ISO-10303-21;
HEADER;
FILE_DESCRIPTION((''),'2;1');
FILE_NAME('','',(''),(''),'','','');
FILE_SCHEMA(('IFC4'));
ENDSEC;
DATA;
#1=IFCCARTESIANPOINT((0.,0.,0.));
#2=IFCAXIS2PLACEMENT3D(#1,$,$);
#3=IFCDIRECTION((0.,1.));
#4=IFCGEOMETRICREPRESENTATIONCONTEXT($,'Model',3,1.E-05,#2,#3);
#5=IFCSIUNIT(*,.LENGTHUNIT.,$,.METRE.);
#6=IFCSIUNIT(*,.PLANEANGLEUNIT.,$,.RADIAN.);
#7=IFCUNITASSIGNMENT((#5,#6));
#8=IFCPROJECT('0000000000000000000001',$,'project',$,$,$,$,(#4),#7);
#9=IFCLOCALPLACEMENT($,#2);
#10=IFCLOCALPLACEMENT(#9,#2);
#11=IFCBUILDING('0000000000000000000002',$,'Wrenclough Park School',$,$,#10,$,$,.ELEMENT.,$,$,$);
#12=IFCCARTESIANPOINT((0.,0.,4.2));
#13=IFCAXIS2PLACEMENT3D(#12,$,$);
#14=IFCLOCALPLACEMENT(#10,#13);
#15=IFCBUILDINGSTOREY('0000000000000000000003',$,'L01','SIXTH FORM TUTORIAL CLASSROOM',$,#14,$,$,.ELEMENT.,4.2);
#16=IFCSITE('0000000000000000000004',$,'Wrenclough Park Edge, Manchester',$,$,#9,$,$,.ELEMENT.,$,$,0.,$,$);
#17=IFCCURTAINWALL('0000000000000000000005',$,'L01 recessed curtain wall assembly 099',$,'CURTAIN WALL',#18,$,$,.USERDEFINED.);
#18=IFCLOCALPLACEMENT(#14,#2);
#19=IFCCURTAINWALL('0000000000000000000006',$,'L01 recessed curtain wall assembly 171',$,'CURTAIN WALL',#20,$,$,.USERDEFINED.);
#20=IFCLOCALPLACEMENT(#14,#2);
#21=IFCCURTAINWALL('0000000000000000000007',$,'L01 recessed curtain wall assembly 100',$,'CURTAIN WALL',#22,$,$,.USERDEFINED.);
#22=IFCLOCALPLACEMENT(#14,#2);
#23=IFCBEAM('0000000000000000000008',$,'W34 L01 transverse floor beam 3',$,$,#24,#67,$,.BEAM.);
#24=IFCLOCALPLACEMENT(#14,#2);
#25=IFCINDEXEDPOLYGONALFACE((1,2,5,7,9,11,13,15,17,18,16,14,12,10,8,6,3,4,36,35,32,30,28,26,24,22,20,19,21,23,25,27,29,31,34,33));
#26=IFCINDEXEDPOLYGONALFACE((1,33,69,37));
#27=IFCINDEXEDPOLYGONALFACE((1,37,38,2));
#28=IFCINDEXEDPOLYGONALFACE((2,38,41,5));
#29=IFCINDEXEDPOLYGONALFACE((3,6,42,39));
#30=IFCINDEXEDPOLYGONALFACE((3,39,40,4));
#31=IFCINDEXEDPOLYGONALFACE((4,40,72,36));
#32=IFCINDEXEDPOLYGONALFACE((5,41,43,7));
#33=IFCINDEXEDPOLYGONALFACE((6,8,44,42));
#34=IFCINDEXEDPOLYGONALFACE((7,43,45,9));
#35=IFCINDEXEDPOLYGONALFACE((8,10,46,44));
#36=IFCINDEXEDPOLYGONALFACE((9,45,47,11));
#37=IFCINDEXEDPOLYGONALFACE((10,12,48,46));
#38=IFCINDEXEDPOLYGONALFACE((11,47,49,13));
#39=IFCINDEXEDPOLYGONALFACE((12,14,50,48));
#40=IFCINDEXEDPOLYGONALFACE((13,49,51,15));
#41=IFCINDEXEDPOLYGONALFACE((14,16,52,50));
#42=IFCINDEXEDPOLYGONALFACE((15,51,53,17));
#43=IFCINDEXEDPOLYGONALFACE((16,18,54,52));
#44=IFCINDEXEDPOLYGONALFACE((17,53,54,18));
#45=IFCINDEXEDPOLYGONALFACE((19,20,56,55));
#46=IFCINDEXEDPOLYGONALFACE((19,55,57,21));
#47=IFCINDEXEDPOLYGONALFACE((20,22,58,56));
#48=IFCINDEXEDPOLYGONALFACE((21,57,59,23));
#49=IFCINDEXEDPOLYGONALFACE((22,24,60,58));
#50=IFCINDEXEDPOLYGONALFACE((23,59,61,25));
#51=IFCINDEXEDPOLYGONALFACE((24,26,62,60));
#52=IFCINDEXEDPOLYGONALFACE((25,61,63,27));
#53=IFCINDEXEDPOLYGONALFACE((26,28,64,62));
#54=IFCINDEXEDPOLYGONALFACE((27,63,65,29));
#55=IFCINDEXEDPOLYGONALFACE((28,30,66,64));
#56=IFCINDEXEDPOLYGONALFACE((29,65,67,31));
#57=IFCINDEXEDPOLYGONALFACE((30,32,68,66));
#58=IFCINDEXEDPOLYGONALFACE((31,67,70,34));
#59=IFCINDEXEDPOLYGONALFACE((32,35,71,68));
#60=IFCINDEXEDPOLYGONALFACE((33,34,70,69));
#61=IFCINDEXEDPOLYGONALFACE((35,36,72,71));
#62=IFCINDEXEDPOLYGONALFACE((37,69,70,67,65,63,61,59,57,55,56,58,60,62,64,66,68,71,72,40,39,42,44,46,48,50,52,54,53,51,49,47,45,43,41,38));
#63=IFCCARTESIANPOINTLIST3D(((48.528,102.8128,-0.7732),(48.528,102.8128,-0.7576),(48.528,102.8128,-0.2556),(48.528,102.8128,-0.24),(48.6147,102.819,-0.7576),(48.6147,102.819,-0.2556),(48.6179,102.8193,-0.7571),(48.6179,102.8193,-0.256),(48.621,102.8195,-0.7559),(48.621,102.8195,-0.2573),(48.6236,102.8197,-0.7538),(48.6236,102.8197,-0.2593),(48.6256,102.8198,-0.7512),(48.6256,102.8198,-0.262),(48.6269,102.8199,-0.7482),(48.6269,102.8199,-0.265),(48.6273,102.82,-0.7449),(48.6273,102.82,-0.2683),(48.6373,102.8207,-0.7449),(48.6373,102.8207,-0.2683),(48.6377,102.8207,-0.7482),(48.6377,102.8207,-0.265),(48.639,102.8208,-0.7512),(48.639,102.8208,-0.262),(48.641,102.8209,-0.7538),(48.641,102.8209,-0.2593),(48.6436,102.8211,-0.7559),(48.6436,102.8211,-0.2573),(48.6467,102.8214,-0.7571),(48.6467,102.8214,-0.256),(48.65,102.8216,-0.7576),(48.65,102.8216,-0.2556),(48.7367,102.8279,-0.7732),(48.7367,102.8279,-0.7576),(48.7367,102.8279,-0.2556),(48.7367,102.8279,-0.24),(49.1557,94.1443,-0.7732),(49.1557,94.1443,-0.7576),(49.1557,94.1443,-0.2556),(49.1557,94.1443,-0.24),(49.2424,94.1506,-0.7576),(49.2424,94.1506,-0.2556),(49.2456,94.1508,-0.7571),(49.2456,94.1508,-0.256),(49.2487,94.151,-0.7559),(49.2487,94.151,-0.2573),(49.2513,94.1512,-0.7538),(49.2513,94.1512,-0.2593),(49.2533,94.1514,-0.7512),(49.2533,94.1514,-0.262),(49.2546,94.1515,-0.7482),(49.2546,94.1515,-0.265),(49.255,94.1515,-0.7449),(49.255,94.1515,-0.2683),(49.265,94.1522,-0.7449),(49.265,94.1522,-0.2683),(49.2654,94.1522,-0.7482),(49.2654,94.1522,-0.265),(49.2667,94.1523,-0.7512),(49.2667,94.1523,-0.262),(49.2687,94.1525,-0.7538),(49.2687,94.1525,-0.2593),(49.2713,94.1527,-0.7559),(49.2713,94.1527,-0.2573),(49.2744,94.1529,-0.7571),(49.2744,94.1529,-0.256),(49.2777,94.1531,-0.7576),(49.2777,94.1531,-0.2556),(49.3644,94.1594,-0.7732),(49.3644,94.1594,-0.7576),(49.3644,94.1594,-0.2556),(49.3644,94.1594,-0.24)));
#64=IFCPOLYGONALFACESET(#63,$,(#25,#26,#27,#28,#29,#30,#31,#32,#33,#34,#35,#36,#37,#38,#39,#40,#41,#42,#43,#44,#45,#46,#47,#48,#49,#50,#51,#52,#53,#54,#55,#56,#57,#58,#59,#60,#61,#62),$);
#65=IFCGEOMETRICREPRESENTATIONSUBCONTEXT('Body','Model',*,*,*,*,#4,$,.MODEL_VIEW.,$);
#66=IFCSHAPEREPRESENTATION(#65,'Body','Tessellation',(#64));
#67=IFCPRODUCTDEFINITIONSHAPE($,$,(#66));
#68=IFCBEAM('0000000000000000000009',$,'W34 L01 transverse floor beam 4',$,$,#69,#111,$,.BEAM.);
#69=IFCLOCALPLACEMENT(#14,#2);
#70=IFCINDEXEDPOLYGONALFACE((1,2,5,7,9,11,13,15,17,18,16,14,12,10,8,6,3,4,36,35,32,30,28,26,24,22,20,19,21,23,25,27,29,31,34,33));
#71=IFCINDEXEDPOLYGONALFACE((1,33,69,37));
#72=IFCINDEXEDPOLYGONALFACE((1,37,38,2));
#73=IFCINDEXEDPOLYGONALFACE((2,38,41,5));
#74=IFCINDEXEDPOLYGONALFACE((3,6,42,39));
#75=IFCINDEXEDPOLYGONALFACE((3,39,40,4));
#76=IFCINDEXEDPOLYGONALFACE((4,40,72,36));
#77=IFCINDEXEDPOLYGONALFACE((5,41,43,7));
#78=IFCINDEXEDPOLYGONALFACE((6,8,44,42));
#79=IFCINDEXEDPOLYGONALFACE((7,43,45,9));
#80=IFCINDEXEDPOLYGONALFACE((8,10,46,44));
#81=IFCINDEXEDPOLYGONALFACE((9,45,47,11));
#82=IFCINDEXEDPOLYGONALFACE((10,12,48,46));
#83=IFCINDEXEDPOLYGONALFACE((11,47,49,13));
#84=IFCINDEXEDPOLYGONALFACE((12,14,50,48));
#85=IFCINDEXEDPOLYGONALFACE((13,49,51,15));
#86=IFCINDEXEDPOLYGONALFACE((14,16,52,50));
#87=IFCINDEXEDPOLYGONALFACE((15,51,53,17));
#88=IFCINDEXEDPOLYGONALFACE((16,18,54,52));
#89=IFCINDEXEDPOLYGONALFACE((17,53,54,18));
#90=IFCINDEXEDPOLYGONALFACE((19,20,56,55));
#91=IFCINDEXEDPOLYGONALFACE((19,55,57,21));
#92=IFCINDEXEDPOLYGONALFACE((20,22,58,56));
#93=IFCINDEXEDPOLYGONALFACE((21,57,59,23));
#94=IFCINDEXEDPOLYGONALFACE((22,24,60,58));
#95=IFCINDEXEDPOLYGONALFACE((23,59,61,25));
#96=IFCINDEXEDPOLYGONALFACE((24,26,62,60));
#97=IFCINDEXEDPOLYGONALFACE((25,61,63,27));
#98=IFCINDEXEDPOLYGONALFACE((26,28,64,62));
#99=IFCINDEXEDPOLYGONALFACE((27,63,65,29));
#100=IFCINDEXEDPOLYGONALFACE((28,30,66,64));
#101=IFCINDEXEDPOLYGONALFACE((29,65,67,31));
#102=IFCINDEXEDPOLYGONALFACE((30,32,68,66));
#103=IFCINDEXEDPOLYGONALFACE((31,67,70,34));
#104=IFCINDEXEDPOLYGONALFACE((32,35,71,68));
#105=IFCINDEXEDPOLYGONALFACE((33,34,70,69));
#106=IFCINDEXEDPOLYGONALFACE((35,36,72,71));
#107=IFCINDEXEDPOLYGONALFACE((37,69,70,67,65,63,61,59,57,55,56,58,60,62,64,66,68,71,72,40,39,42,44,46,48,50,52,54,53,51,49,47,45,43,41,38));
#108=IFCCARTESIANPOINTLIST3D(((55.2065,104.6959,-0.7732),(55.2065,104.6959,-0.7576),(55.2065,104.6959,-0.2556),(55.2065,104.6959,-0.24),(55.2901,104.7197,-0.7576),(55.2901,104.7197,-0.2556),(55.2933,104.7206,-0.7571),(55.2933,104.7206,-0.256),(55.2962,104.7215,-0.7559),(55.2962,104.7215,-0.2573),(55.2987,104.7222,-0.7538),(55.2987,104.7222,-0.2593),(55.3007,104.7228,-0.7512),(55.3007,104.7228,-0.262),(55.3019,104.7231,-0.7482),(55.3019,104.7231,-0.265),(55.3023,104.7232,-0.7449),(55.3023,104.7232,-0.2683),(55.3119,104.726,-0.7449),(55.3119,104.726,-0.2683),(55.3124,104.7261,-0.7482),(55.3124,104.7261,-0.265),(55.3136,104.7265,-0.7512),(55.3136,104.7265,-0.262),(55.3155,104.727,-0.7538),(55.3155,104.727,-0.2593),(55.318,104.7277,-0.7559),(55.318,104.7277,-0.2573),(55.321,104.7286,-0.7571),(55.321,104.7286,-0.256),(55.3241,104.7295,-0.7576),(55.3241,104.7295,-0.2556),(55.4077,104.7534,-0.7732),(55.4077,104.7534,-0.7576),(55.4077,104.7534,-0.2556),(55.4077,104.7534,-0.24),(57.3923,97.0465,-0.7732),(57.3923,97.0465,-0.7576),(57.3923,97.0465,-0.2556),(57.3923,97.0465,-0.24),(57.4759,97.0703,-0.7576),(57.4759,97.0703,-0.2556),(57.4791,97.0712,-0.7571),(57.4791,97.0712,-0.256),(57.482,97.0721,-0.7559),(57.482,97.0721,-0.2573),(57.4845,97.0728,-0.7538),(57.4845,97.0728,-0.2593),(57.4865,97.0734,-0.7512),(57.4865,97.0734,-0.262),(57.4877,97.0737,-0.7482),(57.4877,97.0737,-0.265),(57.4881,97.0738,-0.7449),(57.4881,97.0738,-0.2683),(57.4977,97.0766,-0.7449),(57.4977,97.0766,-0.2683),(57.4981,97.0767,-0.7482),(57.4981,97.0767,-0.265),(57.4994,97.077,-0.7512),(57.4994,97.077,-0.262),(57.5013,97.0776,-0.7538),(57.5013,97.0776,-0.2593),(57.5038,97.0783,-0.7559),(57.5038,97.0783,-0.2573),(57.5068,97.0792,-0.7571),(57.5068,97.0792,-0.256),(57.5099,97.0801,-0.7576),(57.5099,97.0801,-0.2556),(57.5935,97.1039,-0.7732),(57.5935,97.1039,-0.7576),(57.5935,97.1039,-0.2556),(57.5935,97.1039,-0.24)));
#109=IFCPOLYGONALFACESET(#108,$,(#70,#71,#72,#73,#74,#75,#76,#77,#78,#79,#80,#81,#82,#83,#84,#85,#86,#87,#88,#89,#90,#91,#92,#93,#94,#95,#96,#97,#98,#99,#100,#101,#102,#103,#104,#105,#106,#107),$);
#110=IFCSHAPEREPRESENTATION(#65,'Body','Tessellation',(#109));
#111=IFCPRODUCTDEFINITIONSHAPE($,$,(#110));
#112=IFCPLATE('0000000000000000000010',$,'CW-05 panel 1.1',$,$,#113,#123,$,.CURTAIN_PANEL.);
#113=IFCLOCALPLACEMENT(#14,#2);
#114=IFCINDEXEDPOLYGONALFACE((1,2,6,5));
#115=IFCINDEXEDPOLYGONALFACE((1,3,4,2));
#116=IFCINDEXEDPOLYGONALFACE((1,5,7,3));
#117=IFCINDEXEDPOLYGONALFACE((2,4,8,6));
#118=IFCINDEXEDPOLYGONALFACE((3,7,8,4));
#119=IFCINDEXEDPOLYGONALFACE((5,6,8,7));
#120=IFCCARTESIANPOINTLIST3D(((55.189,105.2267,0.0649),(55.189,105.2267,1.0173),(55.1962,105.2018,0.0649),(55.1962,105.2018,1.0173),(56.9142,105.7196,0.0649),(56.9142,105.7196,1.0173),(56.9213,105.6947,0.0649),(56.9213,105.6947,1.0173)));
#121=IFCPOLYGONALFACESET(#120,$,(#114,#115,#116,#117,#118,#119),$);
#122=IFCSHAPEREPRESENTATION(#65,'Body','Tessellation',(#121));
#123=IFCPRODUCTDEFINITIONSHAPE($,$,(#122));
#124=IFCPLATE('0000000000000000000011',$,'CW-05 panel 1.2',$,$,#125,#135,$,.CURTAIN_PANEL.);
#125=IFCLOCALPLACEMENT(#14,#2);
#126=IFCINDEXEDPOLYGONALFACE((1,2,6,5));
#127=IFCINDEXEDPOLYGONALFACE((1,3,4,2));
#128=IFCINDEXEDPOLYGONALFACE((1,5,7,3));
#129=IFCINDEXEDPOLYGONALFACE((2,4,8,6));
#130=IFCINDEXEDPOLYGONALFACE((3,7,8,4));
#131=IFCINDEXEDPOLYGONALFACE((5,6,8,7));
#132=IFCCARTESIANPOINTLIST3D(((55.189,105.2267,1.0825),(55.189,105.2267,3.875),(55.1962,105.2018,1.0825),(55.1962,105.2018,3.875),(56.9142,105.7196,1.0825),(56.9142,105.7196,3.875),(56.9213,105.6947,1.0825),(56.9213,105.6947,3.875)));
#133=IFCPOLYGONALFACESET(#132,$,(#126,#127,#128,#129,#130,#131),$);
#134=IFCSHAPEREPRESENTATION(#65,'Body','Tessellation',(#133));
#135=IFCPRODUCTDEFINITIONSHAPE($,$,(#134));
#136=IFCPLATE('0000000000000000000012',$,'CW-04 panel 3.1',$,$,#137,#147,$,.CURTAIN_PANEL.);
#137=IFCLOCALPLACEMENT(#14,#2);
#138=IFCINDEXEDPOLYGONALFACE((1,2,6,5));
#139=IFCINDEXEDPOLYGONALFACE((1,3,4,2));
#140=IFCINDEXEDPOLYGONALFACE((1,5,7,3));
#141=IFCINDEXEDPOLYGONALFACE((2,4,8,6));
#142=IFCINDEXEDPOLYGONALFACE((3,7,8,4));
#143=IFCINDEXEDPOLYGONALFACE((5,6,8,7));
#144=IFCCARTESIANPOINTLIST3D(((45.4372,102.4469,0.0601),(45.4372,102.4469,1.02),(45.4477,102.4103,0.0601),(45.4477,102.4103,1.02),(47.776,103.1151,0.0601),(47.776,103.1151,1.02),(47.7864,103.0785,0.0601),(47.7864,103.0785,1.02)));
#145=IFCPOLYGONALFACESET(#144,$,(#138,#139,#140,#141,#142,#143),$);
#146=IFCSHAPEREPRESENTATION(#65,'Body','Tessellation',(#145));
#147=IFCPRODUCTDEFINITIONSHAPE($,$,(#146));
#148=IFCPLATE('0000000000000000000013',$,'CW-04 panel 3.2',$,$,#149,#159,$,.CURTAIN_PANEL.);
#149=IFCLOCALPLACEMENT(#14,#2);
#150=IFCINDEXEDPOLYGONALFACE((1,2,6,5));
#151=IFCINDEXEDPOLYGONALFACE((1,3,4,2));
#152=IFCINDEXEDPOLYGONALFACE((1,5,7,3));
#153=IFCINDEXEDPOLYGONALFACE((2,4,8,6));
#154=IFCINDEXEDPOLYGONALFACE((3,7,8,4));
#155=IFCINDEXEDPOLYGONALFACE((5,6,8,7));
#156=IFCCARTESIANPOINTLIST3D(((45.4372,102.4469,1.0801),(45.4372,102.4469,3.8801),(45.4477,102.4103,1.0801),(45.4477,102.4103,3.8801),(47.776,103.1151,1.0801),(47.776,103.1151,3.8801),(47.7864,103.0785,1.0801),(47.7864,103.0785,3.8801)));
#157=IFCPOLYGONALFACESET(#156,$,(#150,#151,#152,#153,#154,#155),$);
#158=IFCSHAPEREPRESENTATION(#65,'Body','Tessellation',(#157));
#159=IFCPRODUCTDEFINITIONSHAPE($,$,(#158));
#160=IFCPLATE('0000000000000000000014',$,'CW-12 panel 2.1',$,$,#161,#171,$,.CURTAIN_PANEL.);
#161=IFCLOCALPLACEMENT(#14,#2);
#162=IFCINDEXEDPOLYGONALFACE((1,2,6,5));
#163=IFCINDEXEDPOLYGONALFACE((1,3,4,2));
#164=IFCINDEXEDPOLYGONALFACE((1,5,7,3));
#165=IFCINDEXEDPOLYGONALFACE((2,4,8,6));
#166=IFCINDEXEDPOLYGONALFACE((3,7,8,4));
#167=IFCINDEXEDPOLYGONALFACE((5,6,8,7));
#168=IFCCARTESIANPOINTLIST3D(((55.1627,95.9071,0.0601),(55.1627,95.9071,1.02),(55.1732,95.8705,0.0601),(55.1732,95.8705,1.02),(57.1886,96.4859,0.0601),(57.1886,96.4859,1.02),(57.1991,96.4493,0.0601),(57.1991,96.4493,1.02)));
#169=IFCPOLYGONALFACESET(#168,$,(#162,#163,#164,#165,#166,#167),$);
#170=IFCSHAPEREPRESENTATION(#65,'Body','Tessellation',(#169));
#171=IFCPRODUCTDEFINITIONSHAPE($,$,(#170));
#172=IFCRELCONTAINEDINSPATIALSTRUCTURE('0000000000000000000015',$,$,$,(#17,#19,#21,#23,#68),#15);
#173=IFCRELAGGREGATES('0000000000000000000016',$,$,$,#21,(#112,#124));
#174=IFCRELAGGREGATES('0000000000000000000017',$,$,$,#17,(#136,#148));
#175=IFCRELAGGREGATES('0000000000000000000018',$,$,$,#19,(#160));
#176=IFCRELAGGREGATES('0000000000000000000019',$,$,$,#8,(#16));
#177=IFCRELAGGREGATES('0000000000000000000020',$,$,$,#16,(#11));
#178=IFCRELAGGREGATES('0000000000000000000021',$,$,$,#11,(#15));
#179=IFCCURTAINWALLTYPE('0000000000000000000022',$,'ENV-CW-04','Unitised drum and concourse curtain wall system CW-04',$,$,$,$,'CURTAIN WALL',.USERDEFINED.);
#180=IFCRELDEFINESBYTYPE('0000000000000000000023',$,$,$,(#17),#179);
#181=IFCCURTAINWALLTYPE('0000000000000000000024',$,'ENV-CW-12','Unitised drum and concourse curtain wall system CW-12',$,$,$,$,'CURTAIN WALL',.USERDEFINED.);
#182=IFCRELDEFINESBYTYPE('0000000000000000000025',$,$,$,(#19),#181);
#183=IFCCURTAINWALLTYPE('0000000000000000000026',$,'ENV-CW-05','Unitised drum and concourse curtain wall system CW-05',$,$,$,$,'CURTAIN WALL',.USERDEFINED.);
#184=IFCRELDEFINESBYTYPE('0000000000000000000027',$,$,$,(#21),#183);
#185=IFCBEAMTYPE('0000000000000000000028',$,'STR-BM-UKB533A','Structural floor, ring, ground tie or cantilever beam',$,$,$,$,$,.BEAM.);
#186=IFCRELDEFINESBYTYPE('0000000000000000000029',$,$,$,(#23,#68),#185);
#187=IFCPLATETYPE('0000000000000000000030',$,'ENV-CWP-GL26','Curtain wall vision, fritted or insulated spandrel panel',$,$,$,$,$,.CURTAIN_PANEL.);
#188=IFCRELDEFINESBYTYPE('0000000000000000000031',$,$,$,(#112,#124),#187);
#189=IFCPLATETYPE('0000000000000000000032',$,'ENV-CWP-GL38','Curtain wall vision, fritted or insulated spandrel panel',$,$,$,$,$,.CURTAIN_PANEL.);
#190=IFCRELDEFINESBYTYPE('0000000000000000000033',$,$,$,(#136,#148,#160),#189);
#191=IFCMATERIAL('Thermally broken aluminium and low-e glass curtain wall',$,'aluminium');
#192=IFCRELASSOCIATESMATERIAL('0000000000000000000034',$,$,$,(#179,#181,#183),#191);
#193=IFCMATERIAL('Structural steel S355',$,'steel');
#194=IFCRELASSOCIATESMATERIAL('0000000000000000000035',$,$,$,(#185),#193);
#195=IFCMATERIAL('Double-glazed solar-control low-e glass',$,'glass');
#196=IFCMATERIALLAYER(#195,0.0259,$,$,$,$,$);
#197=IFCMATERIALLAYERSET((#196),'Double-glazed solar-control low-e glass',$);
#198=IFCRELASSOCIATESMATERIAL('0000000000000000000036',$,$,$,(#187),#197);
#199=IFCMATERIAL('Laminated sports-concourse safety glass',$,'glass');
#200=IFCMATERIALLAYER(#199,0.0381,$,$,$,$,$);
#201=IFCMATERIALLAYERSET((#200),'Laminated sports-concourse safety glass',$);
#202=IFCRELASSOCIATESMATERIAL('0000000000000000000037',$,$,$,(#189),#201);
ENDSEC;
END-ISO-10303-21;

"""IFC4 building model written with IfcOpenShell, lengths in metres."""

from ifc_helpers import new_model, si_unit, direction, frame, origin, origin_2d, place, context, subcontext, project, spatial, rectangle, i_section, extrude, material, layer, layer_set, material_profile, profile_set, type_object, element, aggregate, save


model = new_model("IFC4")

# Units and contexts
model_context = context("Model", 3, precision=1e-05, world=origin(), true_north=direction((0.0, 1.0)))
body_context = subcontext(model_context, "Body", "Model", "MODEL_VIEW")
ifc_project = project(units=[si_unit("LENGTHUNIT", "METRE"), si_unit("PLANEANGLEUNIT", "RADIAN")], contexts=[model_context])

# Site, building, storey
site_placement = place(None, origin())
site = spatial("IfcSite", under=ifc_project, at=site_placement, Name="Wrenclough Park Edge, Manchester", CompositionType="ELEMENT", RefElevation=0.0)
building_placement = place(site_placement, origin())
building = spatial("IfcBuilding", under=site, at=building_placement, Name="Wrenclough Park School", CompositionType="ELEMENT")
storey_placement = place(building_placement, frame((0.0, 0.0, 4.2)))
storey = spatial("IfcBuildingStorey", under=building, at=storey_placement, Name="L01", Description="SIXTH FORM TUTORIAL CLASSROOM", CompositionType="ELEMENT", Elevation=4.2)

# Shared definitions
ifc_material_1 = material(Name="Structural steel S355", Category="steel")

# Curtain wall
ifc_material_2 = material(Name="Thermally broken aluminium and low-e glass curtain wall", Category="aluminium")
curtain_wall_type_1 = type_object("IfcCurtainWallType", Name="ENV-CW-04", Description="Unitised drum and concourse curtain wall system CW-04", ElementType="CURTAIN WALL", PredefinedType="USERDEFINED", material=ifc_material_2)
curtain_wall_1_placement = place(storey_placement, origin())
curtain_wall_1 = element("IfcCurtainWall", 1, at=curtain_wall_1_placement, inside=storey, type_object=curtain_wall_type_1, Name="L01 recessed curtain wall assembly 099", ObjectType="CURTAIN WALL", PredefinedType="USERDEFINED")

# Curtain walls
curtain_wall_type_2 = type_object("IfcCurtainWallType", Name="ENV-CW-12", Description="Unitised drum and concourse curtain wall system CW-12", ElementType="CURTAIN WALL", PredefinedType="USERDEFINED", material=ifc_material_2)
curtain_wall_2_placement = place(storey_placement, origin())
curtain_wall_2 = element("IfcCurtainWall", 2, at=curtain_wall_2_placement, inside=storey, type_object=curtain_wall_type_2, Name="L01 recessed curtain wall assembly 171", ObjectType="CURTAIN WALL", PredefinedType="USERDEFINED")
curtain_wall_type_3 = type_object("IfcCurtainWallType", Name="ENV-CW-05", Description="Unitised drum and concourse curtain wall system CW-05", ElementType="CURTAIN WALL", PredefinedType="USERDEFINED", material=ifc_material_2)
curtain_wall_3_placement = place(storey_placement, origin())
curtain_wall_3 = element("IfcCurtainWall", 3, at=curtain_wall_3_placement, inside=storey, type_object=curtain_wall_type_3, Name="L01 recessed curtain wall assembly 100", ObjectType="CURTAIN WALL", PredefinedType="USERDEFINED")

# Beams
ifc_material_profile_1 = material_profile(ifc_material_1, i_section(OverallWidth=0.2092, OverallDepth=0.5332, WebThickness=0.01, FlangeThickness=0.0156, FilletRadius=0.0127, at=origin_2d()), Name="UKB 533x210x92")
ifc_profile_set_1 = profile_set([ifc_material_profile_1], Name="Structural steel S355")
beam_type_1 = type_object("IfcBeamType", Name="STR-BM-UKB533A", Description="Structural floor, ring, ground tie or cantilever beam", PredefinedType="BEAM", material=ifc_profile_set_1)
beam_1_placement = place(storey_placement, frame((48.6323, 102.8203, -0.5066), z_axis=(0.072221, -0.997389, 0.0), x_axis=(0.997389, 0.072221, 0.0)))
element("IfcBeam", 4, at=beam_1_placement, inside=storey, type_object=beam_type_1, Name="W34 L01 transverse floor beam 3", PredefinedType="BEAM", context=body_context, shape_type="SweptSolid", body=[
    extrude(i_section(OverallWidth=0.2092, OverallDepth=0.5332, WebThickness=0.01, FlangeThickness=0.0156, FilletRadius=0.0127, at=origin_2d()), origin(), (0.0, 0.0, 1.0), 8.6912),
])
beam_2_placement = place(storey_placement, frame((55.3071, 104.7246, -0.5066), z_axis=(0.274749, -0.961516, 0.0), x_axis=(0.961516, 0.274749, 0.0)))
element("IfcBeam", 5, at=beam_2_placement, inside=storey, type_object=beam_type_1, Name="W34 L01 transverse floor beam 4", PredefinedType="BEAM", context=body_context, shape_type="SweptSolid", body=[
    extrude(i_section(OverallWidth=0.2092, OverallDepth=0.5332, WebThickness=0.01, FlangeThickness=0.0156, FilletRadius=0.0127, at=origin_2d()), origin(), (0.0, 0.0, 1.0), 7.9556),
])

# Plates
ifc_material_3 = material(Name="Double-glazed solar-control low-e glass", Category="glass")
ifc_layer_1 = layer(ifc_material_3, 0.0259)
ifc_layer_set_1 = layer_set([ifc_layer_1], Name="Double-glazed solar-control low-e glass")
plate_type_1 = type_object("IfcPlateType", Name="ENV-CWP-GL26", Description="Curtain wall vision, fritted or insulated spandrel panel", PredefinedType="CURTAIN_PANEL", material=ifc_layer_set_1)
plate_1_placement = place(storey_placement, frame((56.0552, 105.4607, 0.0649), z_axis=(0.0, 0.0, 1.0), x_axis=(0.961522, 0.274726, 0.0)))
plate_1 = element("IfcPlate", 6, at=plate_1_placement, type_object=plate_type_1, Name="CW-05 panel 1.1", PredefinedType="CURTAIN_PANEL", context=body_context, shape_type="SweptSolid", body=[
    extrude(rectangle(XDim=1.7942, YDim=0.0259, at=origin_2d()), origin(), (0.0, 0.0, 1.0), 0.9524),
])
plate_2_placement = place(storey_placement, frame((56.0552, 105.4607, 1.0825), z_axis=(0.0, 0.0, 1.0), x_axis=(0.961522, 0.274726, 0.0)))
plate_2 = element("IfcPlate", 7, at=plate_2_placement, type_object=plate_type_1, Name="CW-05 panel 1.2", PredefinedType="CURTAIN_PANEL", context=body_context, shape_type="SweptSolid", body=[
    extrude(rectangle(XDim=1.7942, YDim=0.0259, at=origin_2d()), origin(), (0.0, 0.0, 1.0), 2.7925),
])
aggregate(curtain_wall_3, [plate_1, plate_2])
ifc_material_4 = material(Name="Laminated sports-concourse safety glass", Category="glass")
ifc_layer_2 = layer(ifc_material_4, 0.0381)
ifc_layer_set_2 = layer_set([ifc_layer_2], Name="Laminated sports-concourse safety glass")
plate_type_2 = type_object("IfcPlateType", Name="ENV-CWP-GL38", Description="Curtain wall vision, fritted or insulated spandrel panel", PredefinedType="CURTAIN_PANEL", material=ifc_layer_set_2)
plate_3_placement = place(storey_placement, frame((46.6118, 102.7627, 0.0601), z_axis=(0.0, 0.0, 1.0), x_axis=(0.961527, 0.274711, 0.0)))
plate_3 = element("IfcPlate", 8, at=plate_3_placement, type_object=plate_type_2, Name="CW-04 panel 3.1", PredefinedType="CURTAIN_PANEL", context=body_context, shape_type="SweptSolid", body=[
    extrude(rectangle(XDim=2.4324, YDim=0.0381, at=origin_2d()), origin(), (0.0, 0.0, 1.0), 0.96),
])
plate_4_placement = place(storey_placement, frame((46.6118, 102.7627, 1.0801), z_axis=(0.0, 0.0, 1.0), x_axis=(0.961527, 0.274711, 0.0)))
plate_4 = element("IfcPlate", 9, at=plate_4_placement, type_object=plate_type_2, Name="CW-04 panel 3.2", PredefinedType="CURTAIN_PANEL", context=body_context, shape_type="SweptSolid", body=[
    extrude(rectangle(XDim=2.4324, YDim=0.0381, at=origin_2d()), origin(), (0.0, 0.0, 1.0), 2.8),
])
aggregate(curtain_wall_1, [plate_3, plate_4])
plate_5_placement = place(storey_placement, frame((56.1809, 96.1782, 0.0601), z_axis=(0.0, 0.0, 1.0), x_axis=(-0.961523, -0.274723, 0.0)))
plate_5 = element("IfcPlate", 10, at=plate_5_placement, type_object=plate_type_2, Name="CW-12 panel 2.1", PredefinedType="CURTAIN_PANEL", context=body_context, shape_type="SweptSolid", body=[
    extrude(rectangle(XDim=2.1069, YDim=0.0381, at=origin_2d()), origin(), (0.0, 0.0, 1.0), 0.96),
])
aggregate(curtain_wall_2, [plate_5])

save(model, "model.ifc")
